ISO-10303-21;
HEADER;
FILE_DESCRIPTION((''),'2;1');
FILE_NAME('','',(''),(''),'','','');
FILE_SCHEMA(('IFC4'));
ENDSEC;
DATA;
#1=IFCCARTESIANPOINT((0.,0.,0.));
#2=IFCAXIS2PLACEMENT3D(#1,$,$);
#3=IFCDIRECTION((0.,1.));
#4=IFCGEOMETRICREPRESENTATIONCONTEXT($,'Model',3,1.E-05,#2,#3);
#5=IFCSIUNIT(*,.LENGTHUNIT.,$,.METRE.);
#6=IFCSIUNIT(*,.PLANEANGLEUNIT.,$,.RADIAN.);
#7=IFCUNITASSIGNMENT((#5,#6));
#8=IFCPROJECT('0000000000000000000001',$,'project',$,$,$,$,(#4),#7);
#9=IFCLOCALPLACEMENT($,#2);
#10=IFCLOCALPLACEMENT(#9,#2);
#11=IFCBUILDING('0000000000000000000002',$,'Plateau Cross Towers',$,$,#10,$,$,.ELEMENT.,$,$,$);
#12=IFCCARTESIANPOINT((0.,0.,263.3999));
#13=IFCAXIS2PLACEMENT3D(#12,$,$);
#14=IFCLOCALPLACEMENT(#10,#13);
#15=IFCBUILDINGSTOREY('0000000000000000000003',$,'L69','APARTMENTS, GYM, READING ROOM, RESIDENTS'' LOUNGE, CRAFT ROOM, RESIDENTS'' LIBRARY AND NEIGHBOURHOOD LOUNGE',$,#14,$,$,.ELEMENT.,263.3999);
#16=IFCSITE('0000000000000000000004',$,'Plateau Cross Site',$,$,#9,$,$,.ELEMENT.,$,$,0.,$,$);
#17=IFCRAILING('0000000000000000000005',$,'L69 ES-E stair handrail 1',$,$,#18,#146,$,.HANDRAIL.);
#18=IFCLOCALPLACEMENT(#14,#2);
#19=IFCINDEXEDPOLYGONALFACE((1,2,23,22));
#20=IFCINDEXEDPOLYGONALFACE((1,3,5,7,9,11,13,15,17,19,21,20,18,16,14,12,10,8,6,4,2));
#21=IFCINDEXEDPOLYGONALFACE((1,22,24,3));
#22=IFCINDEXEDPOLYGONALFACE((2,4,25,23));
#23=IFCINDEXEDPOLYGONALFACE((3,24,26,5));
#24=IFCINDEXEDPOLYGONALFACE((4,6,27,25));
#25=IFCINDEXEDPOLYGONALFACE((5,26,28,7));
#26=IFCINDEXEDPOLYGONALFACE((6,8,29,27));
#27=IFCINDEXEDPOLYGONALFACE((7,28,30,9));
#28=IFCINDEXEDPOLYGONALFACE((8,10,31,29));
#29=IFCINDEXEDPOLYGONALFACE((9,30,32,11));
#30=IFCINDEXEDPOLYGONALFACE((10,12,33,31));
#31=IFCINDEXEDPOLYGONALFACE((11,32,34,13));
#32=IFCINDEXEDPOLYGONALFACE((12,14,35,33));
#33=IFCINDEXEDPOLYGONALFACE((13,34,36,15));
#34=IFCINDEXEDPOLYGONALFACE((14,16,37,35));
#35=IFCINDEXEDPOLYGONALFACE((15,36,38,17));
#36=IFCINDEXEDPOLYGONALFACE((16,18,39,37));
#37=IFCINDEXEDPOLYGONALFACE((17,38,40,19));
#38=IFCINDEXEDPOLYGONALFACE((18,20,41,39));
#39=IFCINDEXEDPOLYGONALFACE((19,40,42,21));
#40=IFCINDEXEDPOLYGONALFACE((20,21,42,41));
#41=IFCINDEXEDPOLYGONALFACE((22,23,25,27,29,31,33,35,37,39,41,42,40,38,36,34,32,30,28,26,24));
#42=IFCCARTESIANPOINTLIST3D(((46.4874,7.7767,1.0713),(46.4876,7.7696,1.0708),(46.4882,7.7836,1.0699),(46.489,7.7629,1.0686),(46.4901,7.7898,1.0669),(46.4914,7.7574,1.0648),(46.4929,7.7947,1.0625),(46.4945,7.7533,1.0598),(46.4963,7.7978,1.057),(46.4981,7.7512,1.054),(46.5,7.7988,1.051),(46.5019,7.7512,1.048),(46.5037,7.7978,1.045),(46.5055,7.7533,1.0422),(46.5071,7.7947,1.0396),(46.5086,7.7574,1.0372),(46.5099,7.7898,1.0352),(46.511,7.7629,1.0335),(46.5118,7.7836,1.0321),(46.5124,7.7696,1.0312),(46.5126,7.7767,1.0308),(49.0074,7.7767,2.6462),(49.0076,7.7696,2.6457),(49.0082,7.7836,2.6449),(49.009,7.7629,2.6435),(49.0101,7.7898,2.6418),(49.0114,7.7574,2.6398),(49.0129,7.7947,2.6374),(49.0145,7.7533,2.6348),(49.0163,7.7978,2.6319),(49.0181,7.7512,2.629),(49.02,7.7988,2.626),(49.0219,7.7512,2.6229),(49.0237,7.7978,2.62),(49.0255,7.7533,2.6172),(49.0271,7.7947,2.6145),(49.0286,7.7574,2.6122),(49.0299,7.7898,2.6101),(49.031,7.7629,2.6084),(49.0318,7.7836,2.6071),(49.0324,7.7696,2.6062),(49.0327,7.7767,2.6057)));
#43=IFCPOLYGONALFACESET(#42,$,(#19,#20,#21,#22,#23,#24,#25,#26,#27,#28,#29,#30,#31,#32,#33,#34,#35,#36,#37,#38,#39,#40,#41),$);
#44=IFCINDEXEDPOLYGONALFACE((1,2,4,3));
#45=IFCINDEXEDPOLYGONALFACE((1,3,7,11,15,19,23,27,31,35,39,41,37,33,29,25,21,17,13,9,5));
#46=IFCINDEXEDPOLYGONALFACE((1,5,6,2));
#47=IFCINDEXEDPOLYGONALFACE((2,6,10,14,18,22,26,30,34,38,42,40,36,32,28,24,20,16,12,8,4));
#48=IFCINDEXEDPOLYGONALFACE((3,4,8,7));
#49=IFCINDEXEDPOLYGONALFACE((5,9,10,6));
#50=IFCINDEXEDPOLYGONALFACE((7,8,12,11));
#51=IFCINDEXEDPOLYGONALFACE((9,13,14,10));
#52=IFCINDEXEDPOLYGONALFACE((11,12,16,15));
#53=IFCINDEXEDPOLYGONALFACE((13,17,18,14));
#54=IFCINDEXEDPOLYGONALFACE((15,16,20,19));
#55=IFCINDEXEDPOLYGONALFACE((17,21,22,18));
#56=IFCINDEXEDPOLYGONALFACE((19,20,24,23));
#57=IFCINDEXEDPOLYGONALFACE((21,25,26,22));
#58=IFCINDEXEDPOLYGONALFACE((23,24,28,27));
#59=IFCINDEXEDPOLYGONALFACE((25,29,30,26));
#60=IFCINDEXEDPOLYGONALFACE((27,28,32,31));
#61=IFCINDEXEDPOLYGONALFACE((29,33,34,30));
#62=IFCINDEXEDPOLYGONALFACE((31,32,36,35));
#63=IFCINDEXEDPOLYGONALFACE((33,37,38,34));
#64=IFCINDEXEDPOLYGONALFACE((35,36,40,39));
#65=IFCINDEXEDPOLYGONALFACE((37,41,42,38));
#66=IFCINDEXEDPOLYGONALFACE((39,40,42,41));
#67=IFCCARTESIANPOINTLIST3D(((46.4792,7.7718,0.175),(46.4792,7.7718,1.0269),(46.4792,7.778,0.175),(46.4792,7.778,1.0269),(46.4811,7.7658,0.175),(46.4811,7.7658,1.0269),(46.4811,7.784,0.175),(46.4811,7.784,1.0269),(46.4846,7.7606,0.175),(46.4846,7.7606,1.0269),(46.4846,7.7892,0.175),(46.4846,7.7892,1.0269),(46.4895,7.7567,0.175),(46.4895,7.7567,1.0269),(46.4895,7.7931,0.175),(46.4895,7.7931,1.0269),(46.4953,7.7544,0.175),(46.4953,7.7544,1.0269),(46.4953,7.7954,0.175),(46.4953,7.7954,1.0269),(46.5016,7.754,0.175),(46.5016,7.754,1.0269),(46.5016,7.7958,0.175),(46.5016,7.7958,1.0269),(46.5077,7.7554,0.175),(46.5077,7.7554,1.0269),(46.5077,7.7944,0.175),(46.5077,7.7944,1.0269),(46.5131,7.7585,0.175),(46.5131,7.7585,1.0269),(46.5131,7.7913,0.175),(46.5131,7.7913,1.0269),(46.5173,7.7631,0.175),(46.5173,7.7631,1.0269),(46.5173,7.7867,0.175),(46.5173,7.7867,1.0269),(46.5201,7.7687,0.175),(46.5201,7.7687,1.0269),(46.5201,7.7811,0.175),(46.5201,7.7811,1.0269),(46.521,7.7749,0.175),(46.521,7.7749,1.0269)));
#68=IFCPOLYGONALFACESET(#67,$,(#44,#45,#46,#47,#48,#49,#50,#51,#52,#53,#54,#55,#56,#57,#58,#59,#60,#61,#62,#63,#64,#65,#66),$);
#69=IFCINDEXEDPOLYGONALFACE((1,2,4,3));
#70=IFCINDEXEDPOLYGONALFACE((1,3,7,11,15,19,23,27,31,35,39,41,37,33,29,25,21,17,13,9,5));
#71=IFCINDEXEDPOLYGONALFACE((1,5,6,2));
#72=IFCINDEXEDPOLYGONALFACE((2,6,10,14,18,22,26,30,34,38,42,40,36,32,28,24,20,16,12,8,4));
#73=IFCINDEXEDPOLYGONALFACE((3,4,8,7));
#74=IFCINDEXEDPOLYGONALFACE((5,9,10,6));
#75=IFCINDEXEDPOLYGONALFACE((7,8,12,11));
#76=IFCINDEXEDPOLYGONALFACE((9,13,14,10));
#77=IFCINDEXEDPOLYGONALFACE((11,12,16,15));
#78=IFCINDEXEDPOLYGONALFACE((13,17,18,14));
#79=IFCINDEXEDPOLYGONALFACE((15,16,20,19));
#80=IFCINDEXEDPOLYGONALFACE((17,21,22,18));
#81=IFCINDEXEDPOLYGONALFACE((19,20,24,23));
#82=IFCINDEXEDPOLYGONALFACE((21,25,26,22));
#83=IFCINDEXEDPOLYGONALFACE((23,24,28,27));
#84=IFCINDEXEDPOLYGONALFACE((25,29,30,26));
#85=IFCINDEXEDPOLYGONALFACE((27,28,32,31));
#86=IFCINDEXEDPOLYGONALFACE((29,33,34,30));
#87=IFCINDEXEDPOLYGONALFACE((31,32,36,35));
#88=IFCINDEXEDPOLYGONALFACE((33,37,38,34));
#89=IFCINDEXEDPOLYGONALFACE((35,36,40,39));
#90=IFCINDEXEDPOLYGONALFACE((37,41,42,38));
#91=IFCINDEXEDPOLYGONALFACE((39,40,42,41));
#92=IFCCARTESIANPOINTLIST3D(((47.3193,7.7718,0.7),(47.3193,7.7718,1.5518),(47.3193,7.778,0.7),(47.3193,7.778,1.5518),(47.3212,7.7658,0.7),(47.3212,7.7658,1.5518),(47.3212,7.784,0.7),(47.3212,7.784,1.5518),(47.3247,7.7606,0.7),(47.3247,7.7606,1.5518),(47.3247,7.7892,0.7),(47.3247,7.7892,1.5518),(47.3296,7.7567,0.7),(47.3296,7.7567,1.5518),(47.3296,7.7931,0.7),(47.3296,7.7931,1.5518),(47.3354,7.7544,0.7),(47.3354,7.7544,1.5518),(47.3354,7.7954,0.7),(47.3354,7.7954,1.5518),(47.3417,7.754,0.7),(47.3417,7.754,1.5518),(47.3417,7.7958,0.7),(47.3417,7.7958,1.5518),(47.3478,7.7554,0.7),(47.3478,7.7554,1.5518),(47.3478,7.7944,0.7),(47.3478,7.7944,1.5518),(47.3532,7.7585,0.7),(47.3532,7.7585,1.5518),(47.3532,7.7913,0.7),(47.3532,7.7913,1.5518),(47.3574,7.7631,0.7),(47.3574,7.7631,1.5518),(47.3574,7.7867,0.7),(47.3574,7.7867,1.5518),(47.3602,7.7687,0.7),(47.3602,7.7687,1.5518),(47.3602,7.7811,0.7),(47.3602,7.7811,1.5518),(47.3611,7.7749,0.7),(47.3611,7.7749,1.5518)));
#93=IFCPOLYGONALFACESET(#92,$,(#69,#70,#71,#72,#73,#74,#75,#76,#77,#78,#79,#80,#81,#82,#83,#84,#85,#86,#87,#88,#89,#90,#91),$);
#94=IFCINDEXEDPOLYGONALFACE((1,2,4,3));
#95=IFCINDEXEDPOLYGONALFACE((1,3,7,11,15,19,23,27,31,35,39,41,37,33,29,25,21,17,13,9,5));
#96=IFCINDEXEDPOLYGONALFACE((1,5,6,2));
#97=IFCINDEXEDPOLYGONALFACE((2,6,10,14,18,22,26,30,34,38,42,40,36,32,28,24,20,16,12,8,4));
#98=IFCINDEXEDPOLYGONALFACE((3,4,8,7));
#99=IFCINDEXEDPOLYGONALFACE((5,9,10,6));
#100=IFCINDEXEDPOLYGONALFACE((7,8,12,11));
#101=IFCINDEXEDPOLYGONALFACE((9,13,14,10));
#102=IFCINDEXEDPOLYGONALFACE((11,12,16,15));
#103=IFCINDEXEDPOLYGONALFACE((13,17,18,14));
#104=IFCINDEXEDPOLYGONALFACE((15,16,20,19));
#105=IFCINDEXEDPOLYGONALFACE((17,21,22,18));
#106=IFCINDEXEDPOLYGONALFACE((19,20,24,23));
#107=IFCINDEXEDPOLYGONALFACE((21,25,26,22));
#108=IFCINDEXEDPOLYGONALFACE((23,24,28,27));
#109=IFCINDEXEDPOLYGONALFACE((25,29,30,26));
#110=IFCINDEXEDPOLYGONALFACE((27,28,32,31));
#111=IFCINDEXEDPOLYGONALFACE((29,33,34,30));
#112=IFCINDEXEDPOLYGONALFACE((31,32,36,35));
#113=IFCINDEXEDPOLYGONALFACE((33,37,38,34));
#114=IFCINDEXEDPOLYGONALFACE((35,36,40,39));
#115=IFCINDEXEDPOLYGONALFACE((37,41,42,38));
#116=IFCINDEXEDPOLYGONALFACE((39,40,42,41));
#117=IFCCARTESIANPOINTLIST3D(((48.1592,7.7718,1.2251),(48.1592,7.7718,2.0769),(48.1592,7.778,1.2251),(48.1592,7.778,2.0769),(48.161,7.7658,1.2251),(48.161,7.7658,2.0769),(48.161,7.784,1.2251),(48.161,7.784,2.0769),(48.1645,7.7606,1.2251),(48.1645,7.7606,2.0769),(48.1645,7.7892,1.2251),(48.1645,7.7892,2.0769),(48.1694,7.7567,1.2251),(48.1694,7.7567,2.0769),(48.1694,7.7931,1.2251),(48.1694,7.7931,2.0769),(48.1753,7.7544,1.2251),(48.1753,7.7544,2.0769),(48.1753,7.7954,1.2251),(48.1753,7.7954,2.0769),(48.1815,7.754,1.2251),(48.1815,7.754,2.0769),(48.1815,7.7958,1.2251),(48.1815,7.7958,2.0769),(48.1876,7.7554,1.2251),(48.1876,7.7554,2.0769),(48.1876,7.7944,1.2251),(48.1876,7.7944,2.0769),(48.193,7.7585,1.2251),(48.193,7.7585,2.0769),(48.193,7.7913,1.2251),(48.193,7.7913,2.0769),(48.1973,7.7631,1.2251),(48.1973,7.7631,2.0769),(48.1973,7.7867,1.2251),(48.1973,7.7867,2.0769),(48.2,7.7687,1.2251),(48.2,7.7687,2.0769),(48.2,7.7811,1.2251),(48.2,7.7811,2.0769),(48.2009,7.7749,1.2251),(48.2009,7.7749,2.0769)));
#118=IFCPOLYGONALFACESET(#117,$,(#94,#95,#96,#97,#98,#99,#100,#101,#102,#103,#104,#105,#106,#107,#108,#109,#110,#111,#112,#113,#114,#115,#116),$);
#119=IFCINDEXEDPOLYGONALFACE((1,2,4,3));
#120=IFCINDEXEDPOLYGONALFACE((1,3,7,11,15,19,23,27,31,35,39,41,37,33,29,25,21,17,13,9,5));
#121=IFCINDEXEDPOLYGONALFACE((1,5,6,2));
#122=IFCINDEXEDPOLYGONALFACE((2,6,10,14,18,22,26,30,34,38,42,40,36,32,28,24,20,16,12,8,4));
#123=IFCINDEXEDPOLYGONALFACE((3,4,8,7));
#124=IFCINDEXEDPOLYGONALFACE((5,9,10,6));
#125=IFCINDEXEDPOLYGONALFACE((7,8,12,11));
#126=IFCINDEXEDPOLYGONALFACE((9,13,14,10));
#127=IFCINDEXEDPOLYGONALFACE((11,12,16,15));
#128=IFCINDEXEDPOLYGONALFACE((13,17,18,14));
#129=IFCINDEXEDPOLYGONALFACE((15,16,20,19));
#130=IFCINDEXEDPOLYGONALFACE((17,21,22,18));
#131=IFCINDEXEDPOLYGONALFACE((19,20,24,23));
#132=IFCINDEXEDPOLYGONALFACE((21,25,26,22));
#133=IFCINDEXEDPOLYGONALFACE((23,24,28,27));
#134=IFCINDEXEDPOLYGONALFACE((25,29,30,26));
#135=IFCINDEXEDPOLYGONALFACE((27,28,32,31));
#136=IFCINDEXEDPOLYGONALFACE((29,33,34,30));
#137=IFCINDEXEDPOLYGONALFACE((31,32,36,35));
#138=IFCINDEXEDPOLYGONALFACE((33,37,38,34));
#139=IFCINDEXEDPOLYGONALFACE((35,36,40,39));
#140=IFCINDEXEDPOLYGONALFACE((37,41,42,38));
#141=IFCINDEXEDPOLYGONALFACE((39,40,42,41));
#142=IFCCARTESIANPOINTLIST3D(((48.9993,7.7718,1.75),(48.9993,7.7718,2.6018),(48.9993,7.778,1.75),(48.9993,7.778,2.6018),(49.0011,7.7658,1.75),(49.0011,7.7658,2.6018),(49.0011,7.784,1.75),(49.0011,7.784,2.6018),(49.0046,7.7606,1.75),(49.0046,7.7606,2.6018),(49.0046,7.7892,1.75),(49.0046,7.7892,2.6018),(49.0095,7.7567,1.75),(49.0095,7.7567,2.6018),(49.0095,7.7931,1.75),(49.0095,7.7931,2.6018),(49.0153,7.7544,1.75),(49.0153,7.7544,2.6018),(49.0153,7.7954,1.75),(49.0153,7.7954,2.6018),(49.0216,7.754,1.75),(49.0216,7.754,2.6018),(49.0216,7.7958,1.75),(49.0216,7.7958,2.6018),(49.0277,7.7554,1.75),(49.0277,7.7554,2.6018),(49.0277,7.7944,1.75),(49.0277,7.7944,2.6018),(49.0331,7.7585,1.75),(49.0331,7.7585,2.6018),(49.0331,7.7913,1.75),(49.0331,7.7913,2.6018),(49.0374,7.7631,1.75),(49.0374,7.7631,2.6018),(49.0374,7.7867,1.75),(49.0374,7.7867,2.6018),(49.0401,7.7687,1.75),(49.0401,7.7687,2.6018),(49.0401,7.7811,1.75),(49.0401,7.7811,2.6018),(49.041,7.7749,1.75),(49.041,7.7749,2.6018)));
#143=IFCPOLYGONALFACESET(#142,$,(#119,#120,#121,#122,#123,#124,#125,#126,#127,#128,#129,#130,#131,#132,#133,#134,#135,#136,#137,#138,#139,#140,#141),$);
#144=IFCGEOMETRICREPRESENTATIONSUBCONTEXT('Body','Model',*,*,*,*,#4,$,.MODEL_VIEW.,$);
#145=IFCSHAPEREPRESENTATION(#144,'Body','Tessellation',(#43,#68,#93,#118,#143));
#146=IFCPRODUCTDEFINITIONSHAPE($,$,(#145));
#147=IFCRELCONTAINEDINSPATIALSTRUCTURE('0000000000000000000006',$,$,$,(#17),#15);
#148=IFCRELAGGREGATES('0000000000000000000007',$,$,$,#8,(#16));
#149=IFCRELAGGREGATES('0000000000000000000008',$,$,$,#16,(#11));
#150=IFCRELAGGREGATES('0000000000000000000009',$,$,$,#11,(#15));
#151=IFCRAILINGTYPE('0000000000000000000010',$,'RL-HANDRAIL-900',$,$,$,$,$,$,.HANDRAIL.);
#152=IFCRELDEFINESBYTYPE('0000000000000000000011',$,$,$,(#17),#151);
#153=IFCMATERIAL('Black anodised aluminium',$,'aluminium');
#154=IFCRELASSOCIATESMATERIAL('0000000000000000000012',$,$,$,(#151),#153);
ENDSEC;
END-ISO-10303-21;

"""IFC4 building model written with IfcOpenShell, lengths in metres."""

from ifc_helpers import new_model, si_unit, direction, frame, origin, origin_2d, place, context, subcontext, project, spatial, circle, extrude, material, type_object, element, save


model = new_model("IFC4")

# Units and contexts
model_context = context("Model", 3, precision=1e-05, world=origin(), true_north=direction((0.0, 1.0)))
body_context = subcontext(model_context, "Body", "Model", "MODEL_VIEW")
ifc_project = project(units=[si_unit("LENGTHUNIT", "METRE"), si_unit("PLANEANGLEUNIT", "RADIAN")], contexts=[model_context])

# Site, building, storey
site_placement = place(None, origin())
site = spatial("IfcSite", under=ifc_project, at=site_placement, Name="Plateau Cross Site", CompositionType="ELEMENT", RefElevation=0.0)
building_placement = place(site_placement, origin())
building = spatial("IfcBuilding", under=site, at=building_placement, Name="Plateau Cross Towers", CompositionType="ELEMENT")
storey_placement = place(building_placement, frame((0.0, 0.0, 263.3999)))
storey = spatial("IfcBuildingStorey", under=building, at=storey_placement, Name="L69", Description="APARTMENTS, GYM, READING ROOM, RESIDENTS' LOUNGE, CRAFT ROOM, RESIDENTS' LIBRARY AND NEIGHBOURHOOD LOUNGE", CompositionType="ELEMENT", Elevation=263.3999)

# Shared definitions
ifc_material_1 = material(Name="Black anodised aluminium", Category="aluminium")

# Railing
railing_type_1 = type_object("IfcRailingType", Name="RL-HANDRAIL-900", PredefinedType="HANDRAIL", material=ifc_material_1)
railing_placement = place(storey_placement, frame((46.5, 7.7749, 0.175)))
element("IfcRailing", 1, at=railing_placement, inside=storey, type_object=railing_type_1, Name="L69 ES-E stair handrail 1", PredefinedType="HANDRAIL", context=body_context, shape_type="SweptSolid", body=[
    extrude(circle(Radius=0.0239, at=origin_2d()), frame((0.0, 0.0, 0.876), z_axis=(0.848008, 0.0, 0.529984), x_axis=(0.0, 1.0, 0.0)), (0.0, 0.0, 1.0), 2.9717),
    extrude(circle(Radius=0.021, at=origin_2d()), origin(), (0.0, 0.0, 1.0), 0.8518),
    extrude(circle(Radius=0.021, at=origin_2d()), frame((0.8401, 0.0, 0.5249)), (0.0, 0.0, 1.0), 0.8518),
    extrude(circle(Radius=0.021, at=origin_2d()), frame((1.6799, 0.0, 1.05)), (0.0, 0.0, 1.0), 0.8518),
    extrude(circle(Radius=0.021, at=origin_2d()), frame((2.52, 0.0, 1.575)), (0.0, 0.0, 1.0), 0.8518),
])

save(model, "model.ifc")
